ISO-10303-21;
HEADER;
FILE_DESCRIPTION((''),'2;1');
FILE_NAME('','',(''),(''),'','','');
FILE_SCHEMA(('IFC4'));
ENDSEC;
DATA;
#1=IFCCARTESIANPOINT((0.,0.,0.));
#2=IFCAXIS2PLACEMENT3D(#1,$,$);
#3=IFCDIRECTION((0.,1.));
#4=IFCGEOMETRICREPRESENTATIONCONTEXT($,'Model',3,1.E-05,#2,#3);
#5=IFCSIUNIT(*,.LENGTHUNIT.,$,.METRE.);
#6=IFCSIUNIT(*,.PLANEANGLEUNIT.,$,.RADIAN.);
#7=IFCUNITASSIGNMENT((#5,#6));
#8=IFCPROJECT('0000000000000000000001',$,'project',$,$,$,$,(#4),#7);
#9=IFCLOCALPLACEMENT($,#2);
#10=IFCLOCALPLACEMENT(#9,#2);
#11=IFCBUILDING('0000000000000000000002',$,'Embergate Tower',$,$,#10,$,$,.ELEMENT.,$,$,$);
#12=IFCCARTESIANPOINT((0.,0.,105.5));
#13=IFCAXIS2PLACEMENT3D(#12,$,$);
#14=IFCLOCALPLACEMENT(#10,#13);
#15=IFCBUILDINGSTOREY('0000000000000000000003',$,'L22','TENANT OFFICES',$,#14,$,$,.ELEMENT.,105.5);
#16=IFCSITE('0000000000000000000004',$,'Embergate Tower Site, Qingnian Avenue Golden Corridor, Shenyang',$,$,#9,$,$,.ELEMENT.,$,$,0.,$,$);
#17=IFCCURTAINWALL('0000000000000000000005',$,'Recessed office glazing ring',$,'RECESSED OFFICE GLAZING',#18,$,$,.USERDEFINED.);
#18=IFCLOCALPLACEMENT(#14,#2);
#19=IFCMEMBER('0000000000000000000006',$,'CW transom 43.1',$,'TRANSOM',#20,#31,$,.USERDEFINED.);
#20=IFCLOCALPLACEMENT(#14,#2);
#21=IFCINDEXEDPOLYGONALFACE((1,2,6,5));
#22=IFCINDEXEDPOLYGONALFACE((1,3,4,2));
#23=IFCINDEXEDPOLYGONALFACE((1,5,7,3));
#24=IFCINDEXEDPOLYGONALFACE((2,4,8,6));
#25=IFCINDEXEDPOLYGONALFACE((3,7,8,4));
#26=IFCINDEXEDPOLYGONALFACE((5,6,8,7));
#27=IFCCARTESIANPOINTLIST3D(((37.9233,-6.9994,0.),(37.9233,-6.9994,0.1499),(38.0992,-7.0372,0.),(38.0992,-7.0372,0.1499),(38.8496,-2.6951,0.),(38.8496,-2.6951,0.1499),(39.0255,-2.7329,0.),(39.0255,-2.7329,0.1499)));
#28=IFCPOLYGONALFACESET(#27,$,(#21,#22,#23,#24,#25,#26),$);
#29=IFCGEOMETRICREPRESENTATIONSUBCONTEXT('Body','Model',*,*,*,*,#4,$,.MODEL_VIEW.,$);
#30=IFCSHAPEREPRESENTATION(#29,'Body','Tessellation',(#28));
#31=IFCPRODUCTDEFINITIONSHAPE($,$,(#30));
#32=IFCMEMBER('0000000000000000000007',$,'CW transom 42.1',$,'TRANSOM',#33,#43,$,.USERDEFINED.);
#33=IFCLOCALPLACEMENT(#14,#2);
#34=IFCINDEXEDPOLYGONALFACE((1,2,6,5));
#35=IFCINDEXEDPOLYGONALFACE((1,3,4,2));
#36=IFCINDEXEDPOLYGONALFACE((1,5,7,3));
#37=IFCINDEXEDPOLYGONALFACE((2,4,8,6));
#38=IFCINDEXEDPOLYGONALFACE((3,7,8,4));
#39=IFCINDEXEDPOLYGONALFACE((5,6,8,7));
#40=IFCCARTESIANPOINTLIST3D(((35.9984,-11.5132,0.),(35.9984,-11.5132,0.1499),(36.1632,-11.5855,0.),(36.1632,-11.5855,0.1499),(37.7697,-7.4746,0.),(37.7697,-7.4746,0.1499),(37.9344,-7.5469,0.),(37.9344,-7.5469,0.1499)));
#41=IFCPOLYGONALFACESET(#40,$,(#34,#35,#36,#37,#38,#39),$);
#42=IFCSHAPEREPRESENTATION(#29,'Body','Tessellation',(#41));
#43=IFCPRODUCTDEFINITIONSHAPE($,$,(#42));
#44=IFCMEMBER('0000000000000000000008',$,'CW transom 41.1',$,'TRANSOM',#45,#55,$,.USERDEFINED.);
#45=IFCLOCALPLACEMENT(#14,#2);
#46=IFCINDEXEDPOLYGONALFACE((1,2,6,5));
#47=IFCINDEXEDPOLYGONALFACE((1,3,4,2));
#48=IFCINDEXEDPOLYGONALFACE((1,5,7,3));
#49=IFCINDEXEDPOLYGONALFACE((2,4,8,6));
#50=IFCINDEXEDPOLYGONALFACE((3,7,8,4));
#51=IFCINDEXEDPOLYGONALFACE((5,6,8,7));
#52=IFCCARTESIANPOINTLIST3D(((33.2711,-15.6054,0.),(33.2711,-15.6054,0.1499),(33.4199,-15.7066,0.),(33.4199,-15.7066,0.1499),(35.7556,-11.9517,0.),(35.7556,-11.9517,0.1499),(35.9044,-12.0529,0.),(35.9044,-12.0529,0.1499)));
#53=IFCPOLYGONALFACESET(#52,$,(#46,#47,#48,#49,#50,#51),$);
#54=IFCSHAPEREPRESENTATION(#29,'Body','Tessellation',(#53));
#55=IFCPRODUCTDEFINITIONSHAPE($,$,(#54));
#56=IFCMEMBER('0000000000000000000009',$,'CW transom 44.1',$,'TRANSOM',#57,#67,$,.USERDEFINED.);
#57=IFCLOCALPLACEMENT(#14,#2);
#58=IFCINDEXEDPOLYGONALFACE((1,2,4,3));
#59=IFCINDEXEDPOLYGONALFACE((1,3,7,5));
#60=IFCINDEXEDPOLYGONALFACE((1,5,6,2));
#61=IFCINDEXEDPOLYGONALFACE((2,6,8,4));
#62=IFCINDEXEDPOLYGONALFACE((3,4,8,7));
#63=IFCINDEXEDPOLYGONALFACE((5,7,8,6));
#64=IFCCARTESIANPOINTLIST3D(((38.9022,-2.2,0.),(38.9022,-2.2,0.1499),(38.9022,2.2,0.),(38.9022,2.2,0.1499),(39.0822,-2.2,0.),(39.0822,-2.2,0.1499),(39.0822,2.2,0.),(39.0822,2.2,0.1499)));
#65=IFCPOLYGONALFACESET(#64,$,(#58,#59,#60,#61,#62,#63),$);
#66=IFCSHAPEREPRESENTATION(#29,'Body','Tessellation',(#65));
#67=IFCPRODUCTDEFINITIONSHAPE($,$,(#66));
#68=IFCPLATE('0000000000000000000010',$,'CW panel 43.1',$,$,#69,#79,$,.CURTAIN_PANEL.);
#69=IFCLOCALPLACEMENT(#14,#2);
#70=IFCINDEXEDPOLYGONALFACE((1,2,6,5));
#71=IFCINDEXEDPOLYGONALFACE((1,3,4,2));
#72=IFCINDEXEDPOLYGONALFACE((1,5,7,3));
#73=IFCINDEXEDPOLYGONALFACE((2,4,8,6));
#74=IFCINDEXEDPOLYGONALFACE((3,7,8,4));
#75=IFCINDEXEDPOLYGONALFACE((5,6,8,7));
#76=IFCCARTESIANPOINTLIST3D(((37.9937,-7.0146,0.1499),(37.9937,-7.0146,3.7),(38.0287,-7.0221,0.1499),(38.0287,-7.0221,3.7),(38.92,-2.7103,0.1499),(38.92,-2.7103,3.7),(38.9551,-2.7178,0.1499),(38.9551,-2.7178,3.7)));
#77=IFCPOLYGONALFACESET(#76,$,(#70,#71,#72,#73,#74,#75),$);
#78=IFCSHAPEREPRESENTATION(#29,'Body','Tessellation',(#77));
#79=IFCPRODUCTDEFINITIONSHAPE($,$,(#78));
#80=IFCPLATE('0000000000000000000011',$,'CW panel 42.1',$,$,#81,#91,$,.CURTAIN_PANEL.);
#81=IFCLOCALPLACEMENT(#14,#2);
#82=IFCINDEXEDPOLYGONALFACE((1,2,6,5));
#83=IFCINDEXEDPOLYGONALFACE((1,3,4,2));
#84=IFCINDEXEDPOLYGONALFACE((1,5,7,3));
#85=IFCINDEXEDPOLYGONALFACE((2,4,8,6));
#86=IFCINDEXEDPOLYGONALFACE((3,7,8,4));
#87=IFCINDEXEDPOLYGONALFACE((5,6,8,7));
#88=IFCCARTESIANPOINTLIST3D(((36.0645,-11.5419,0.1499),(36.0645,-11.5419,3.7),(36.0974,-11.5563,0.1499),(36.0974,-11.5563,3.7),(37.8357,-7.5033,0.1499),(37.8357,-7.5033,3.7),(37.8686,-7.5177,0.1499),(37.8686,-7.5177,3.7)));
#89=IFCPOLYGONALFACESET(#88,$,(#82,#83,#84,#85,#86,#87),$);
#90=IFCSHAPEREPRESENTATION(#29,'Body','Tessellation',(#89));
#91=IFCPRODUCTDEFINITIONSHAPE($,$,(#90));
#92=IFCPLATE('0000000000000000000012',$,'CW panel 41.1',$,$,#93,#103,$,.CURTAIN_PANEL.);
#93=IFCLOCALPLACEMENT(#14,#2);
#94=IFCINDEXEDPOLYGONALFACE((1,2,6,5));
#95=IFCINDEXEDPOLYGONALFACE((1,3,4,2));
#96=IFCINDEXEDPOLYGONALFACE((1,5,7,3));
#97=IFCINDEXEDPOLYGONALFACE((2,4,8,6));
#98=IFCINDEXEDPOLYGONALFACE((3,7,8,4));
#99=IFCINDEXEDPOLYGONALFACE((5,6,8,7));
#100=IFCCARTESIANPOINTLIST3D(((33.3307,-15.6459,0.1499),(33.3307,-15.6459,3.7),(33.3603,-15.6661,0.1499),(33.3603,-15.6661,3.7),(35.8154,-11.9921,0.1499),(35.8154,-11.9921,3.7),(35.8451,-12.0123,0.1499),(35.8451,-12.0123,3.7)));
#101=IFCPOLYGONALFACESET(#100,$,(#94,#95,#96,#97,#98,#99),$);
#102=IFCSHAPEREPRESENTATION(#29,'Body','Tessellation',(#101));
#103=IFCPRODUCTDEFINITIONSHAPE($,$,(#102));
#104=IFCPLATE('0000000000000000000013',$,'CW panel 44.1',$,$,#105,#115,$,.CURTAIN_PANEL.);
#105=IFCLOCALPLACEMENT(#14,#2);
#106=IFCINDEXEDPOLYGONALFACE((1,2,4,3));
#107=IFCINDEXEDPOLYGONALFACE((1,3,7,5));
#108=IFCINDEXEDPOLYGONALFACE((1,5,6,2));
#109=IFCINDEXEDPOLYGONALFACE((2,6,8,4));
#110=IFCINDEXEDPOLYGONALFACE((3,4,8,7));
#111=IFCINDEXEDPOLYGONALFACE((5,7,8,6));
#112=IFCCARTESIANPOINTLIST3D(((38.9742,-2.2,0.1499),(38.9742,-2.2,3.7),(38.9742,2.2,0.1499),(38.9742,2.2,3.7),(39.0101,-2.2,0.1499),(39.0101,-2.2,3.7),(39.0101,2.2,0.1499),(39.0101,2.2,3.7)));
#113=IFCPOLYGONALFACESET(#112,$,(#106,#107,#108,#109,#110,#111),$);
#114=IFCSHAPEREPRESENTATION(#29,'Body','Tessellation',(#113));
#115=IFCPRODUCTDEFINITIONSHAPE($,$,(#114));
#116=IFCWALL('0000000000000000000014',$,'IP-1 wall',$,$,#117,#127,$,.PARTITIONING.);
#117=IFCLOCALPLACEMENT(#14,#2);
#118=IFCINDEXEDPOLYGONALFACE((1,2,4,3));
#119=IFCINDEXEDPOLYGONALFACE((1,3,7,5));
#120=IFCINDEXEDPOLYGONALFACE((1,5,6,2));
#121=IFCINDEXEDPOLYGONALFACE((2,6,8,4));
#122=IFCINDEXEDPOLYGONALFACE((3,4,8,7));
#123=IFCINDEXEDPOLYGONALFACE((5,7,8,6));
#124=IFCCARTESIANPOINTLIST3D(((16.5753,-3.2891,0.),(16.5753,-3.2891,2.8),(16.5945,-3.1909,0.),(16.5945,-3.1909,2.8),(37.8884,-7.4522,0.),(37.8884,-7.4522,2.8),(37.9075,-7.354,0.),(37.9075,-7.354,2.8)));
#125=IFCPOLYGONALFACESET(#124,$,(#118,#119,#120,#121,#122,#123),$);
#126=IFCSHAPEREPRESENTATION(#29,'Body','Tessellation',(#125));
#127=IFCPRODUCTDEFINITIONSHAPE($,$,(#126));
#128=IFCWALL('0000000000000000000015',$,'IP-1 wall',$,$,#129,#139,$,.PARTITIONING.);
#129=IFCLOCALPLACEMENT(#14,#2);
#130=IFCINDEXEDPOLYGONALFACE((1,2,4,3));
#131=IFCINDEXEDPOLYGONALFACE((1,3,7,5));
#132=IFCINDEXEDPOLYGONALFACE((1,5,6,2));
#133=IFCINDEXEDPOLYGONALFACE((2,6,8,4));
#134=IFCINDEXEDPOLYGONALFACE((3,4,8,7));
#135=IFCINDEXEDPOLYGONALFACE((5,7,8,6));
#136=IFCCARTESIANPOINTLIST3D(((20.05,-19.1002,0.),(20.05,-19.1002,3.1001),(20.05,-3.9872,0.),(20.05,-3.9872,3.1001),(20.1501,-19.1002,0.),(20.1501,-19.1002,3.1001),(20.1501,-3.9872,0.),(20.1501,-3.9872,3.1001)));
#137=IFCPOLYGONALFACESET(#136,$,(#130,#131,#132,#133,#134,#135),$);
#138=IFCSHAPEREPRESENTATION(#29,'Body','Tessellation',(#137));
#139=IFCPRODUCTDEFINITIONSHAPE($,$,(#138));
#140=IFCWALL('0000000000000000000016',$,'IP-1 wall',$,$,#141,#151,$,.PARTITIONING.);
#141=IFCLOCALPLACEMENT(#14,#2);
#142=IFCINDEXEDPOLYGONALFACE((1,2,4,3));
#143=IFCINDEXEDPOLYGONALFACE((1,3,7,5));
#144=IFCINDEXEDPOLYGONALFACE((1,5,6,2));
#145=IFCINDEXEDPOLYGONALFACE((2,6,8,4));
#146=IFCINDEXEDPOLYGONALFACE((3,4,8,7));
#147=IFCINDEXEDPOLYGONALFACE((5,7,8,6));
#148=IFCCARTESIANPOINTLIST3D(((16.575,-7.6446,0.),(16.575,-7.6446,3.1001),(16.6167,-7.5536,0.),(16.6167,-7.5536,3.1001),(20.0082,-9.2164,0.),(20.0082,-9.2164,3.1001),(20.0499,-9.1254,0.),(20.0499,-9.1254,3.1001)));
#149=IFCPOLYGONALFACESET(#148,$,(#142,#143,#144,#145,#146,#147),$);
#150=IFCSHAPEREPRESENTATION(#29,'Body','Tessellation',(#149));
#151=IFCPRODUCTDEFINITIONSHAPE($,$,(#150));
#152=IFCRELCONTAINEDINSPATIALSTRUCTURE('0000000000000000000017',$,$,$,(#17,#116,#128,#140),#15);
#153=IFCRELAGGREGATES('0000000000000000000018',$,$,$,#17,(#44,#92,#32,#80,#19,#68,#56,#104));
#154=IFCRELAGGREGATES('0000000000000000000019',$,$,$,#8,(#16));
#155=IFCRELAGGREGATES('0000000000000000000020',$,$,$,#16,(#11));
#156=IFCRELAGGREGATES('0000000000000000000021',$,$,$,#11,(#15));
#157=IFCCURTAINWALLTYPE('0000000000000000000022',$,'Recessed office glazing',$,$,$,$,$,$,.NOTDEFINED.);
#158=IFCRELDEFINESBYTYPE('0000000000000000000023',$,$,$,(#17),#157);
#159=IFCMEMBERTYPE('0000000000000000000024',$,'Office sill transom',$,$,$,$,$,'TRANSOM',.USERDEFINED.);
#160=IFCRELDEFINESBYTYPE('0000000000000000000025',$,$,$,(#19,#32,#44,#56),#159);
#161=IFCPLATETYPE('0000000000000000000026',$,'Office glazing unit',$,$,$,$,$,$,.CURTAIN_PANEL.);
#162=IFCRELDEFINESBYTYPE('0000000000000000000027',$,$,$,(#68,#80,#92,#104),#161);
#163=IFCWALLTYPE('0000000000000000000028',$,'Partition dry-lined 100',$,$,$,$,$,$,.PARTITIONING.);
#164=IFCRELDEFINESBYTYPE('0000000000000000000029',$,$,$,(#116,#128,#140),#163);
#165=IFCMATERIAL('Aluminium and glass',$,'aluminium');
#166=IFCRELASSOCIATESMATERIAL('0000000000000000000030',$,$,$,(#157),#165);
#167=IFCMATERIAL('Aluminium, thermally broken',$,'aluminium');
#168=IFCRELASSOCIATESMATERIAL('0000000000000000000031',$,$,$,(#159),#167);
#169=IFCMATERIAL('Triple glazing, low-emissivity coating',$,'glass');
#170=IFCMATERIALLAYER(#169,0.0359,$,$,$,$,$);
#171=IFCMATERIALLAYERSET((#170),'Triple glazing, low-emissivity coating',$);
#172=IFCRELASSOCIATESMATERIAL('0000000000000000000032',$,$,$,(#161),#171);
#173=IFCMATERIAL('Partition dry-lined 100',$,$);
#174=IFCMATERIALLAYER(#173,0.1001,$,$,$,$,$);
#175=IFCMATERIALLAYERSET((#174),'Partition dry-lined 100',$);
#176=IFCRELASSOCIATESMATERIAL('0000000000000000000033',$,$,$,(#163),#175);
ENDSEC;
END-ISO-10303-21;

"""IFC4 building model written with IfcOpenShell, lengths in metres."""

from ifc_helpers import new_model, si_unit, direction, frame, frame_2d, origin, origin_2d, place, context, subcontext, project, spatial, rectangle, extrude, source, transform, mapped, material, layer, layer_set, material_profile, profile_set, type_object, element, aggregate, save


model = new_model("IFC4")

# Units and contexts
model_context = context("Model", 3, precision=1e-05, world=origin(), true_north=direction((0.0, 1.0)))
body_context = subcontext(model_context, "Body", "Model", "MODEL_VIEW")
ifc_project = project(units=[si_unit("LENGTHUNIT", "METRE"), si_unit("PLANEANGLEUNIT", "RADIAN")], contexts=[model_context])

# Site, building, storey
site_placement = place(None, origin())
site = spatial("IfcSite", under=ifc_project, at=site_placement, Name="Embergate Tower Site, Qingnian Avenue Golden Corridor, Shenyang", CompositionType="ELEMENT", RefElevation=0.0)
building_placement = place(site_placement, origin())
building = spatial("IfcBuilding", under=site, at=building_placement, Name="Embergate Tower", CompositionType="ELEMENT")
storey_placement = place(building_placement, frame((0.0, 0.0, 105.5)))
storey = spatial("IfcBuildingStorey", under=building, at=storey_placement, Name="L22", Description="TENANT OFFICES", CompositionType="ELEMENT", Elevation=105.5)

# Curtain wall, members, plates
ifc_material_1 = material(Name="Aluminium and glass", Category="aluminium")
curtain_wall_type = type_object("IfcCurtainWallType", Name="Recessed office glazing", PredefinedType="NOTDEFINED", material=ifc_material_1)
curtain_wall_placement = place(storey_placement, origin())
curtain_wall = element("IfcCurtainWall", 1, at=curtain_wall_placement, inside=storey, type_object=curtain_wall_type, Name="Recessed office glazing ring", ObjectType="RECESSED OFFICE GLAZING", PredefinedType="USERDEFINED")
ifc_material_2 = material(Name="Aluminium, thermally broken", Category="aluminium")
ifc_material_profile_1 = material_profile(ifc_material_2, rectangle(XDim=0.1799, YDim=0.1499, at=origin_2d()), Name="AL 150x180")
ifc_profile_set_1 = profile_set([ifc_material_profile_1], Name="Aluminium, thermally broken")
member_type_1 = type_object("IfcMemberType", Name="Office sill transom", ElementType="TRANSOM", PredefinedType="USERDEFINED", material=ifc_profile_set_1)
shared_shape_1 = source(origin(), body_context, "Body", "SweptSolid", [
    extrude(rectangle(XDim=0.1799, YDim=0.1499, at=origin_2d()), origin(), (0.0, 0.0, 1.0), 4.4028),
])
member_1_placement = place(storey_placement, frame((38.0112, -7.0183, 0.075), z_axis=(0.210385, 0.977619, 0.0), x_axis=(-0.977619, 0.210385, 0.0)))
member_1 = element("IfcMember", 2, at=member_1_placement, type_object=member_type_1, Name="CW transom 43.1", ObjectType="TRANSOM", PredefinedType="USERDEFINED", context=body_context, shape_type="MappedRepresentation", body=[
    mapped(shared_shape_1, transform((0.0, 0.0, 0.0))),
])
shared_shape_2 = source(origin(), body_context, "Body", "SweptSolid", [
    extrude(rectangle(XDim=0.1799, YDim=0.1499, at=origin_2d()), origin(), (0.0, 0.0, 1.0), 4.4099),
])
member_2_placement = place(storey_placement, frame((36.0808, -11.5493, 0.075), z_axis=(0.401649, 0.915794, 0.0), x_axis=(-0.915794, 0.401649, 0.0)))
member_2 = element("IfcMember", 3, at=member_2_placement, type_object=member_type_1, Name="CW transom 42.1", ObjectType="TRANSOM", PredefinedType="USERDEFINED", context=body_context, shape_type="MappedRepresentation", body=[
    mapped(shared_shape_2, transform((0.0, 0.0, 0.0))),
])
shared_shape_3 = source(origin(), body_context, "Body", "SweptSolid", [
    extrude(rectangle(XDim=0.1799, YDim=0.1499, at=origin_2d()), origin(), (0.0, 0.0, 1.0), 4.4185),
])
member_3_placement = place(storey_placement, frame((33.3455, -15.656, 0.075), z_axis=(0.562315, 0.826923, 0.0), x_axis=(-0.826923, 0.562315, 0.0)))
member_3 = element("IfcMember", 4, at=member_3_placement, type_object=member_type_1, Name="CW transom 41.1", ObjectType="TRANSOM", PredefinedType="USERDEFINED", context=body_context, shape_type="MappedRepresentation", body=[
    mapped(shared_shape_3, transform((0.0, 0.0, 0.0))),
])
shared_shape_4 = source(origin(), body_context, "Body", "SweptSolid", [
    extrude(rectangle(XDim=0.1799, YDim=0.1499, at=origin_2d()), origin(), (0.0, 0.0, 1.0), 4.3999),
])
member_4_placement = place(storey_placement, frame((38.9922, -2.2, 0.075), z_axis=(0.0, 1.0, 0.0), x_axis=(-1.0, 0.0, 0.0)))
member_4 = element("IfcMember", 5, at=member_4_placement, type_object=member_type_1, Name="CW transom 44.1", ObjectType="TRANSOM", PredefinedType="USERDEFINED", context=body_context, shape_type="MappedRepresentation", body=[
    mapped(shared_shape_4, transform((0.0, 0.0, 0.0))),
])
ifc_material_3 = material(Name="Triple glazing, low-emissivity coating", Category="glass")
ifc_layer_1 = layer(ifc_material_3, 0.0359)
ifc_layer_set_1 = layer_set([ifc_layer_1], Name="Triple glazing, low-emissivity coating")
plate_type = type_object("IfcPlateType", Name="Office glazing unit", PredefinedType="CURTAIN_PANEL", material=ifc_layer_set_1)
shared_shape_5 = source(origin(), body_context, "Body", "SweptSolid", [
    extrude(rectangle(XDim=4.4028, YDim=0.0359, at=origin_2d()), origin(), (0.0, 0.0, 1.0), 3.55),
])
plate_1_placement = place(storey_placement, frame((38.4744, -4.8662, 0.1499), z_axis=(0.0, 0.0, 1.0), x_axis=(0.210392, 0.977617, 0.0)))
plate_1 = element("IfcPlate", 6, at=plate_1_placement, type_object=plate_type, Name="CW panel 43.1", PredefinedType="CURTAIN_PANEL", context=body_context, shape_type="MappedRepresentation", body=[
    mapped(shared_shape_5, transform((0.0, 0.0, 0.0))),
])
shared_shape_6 = source(origin(), body_context, "Body", "SweptSolid", [
    extrude(rectangle(XDim=4.4099, YDim=0.0359, at=origin_2d()), origin(), (0.0, 0.0, 1.0), 3.55),
])
plate_2_placement = place(storey_placement, frame((36.9666, -9.5298, 0.1499), z_axis=(0.0, 0.0, 1.0), x_axis=(0.401644, 0.915796, 0.0)))
plate_2 = element("IfcPlate", 7, at=plate_2_placement, type_object=plate_type, Name="CW panel 42.1", PredefinedType="CURTAIN_PANEL", context=body_context, shape_type="MappedRepresentation", body=[
    mapped(shared_shape_6, transform((0.0, 0.0, 0.0))),
])
shared_shape_7 = source(origin(), body_context, "Body", "SweptSolid", [
    extrude(rectangle(XDim=4.4187, YDim=0.0359, at=origin_2d()), origin(), (0.0, 0.0, 1.0), 3.55),
])
plate_3_placement = place(storey_placement, frame((34.5879, -13.8291, 0.1499), z_axis=(0.0, 0.0, 1.0), x_axis=(0.562332, 0.826912, 0.0)))
plate_3 = element("IfcPlate", 8, at=plate_3_placement, type_object=plate_type, Name="CW panel 41.1", PredefinedType="CURTAIN_PANEL", context=body_context, shape_type="MappedRepresentation", body=[
    mapped(shared_shape_7, transform((0.0, 0.0, 0.0))),
])
shared_shape_8 = source(origin(), body_context, "Body", "SweptSolid", [
    extrude(rectangle(XDim=4.3999, YDim=0.0359, at=origin_2d()), origin(), (0.0, 0.0, 1.0), 3.55),
])
plate_4_placement = place(storey_placement, frame((38.9922, 0.0, 0.1499), z_axis=(0.0, 0.0, 1.0), x_axis=(0.0, 1.0, 0.0)))
plate_4 = element("IfcPlate", 9, at=plate_4_placement, type_object=plate_type, Name="CW panel 44.1", PredefinedType="CURTAIN_PANEL", context=body_context, shape_type="MappedRepresentation", body=[
    mapped(shared_shape_8, transform((0.0, 0.0, 0.0))),
])
aggregate(curtain_wall, [member_3, plate_3, member_2, plate_2, member_1, plate_1, member_4, plate_4])

# Walls
ifc_material_4 = material(Name="Partition dry-lined 100")
ifc_layer_2 = layer(ifc_material_4, 0.1001)
ifc_layer_set_2 = layer_set([ifc_layer_2], Name="Partition dry-lined 100")
wall_type = type_object("IfcWallType", Name="Partition dry-lined 100", PredefinedType="PARTITIONING", material=ifc_layer_set_2)
shared_shape_9 = source(origin(), body_context, "Body", "SweptSolid", [
    extrude(rectangle(XDim=21.7158, YDim=0.1001, at=frame_2d((10.8579, 0.0))), origin(), (0.0, 0.0, 1.0), 2.8),
])
wall_1_placement = place(storey_placement, frame((37.8979, -7.4031, 0.0), z_axis=(0.0, 0.0, 1.0), x_axis=(-0.981452, 0.191708, 0.0)))
element("IfcWall", 10, at=wall_1_placement, inside=storey, type_object=wall_type, Name="IP-1 wall", PredefinedType="PARTITIONING", context=body_context, shape_type="MappedRepresentation", body=[
    mapped(shared_shape_9, transform((0.0, 0.0, 0.0))),
])
shared_shape_10 = source(origin(), body_context, "Body", "SweptSolid", [
    extrude(rectangle(XDim=15.113, YDim=0.1001, at=frame_2d((7.5566, 0.0))), origin(), (0.0, 0.0, 1.0), 3.1001),
])
wall_2_placement = place(storey_placement, frame((20.1001, -3.9871, 0.0), z_axis=(0.0, 0.0, 1.0), x_axis=(0.0, -1.0, 0.0)))
element("IfcWall", 11, at=wall_2_placement, inside=storey, type_object=wall_type, Name="IP-1 wall", PredefinedType="PARTITIONING", context=body_context, shape_type="MappedRepresentation", body=[
    mapped(shared_shape_10, transform((0.0, 0.0, 0.0))),
])
shared_shape_11 = source(origin(), body_context, "Body", "SweptSolid", [
    extrude(rectangle(XDim=3.7759, YDim=0.1001, at=frame_2d((1.8879, 0.0))), origin(), (0.0, 0.0, 1.0), 3.1001),
])
wall_3_placement = place(storey_placement, frame((20.0291, -9.1709, 0.0), z_axis=(0.0, 0.0, 1.0), x_axis=(-0.909238, 0.416276, 0.0)))
element("IfcWall", 12, at=wall_3_placement, inside=storey, type_object=wall_type, Name="IP-1 wall", PredefinedType="PARTITIONING", context=body_context, shape_type="MappedRepresentation", body=[
    mapped(shared_shape_11, transform((0.0, 0.0, 0.0))),
])

save(model, "model.ifc")
